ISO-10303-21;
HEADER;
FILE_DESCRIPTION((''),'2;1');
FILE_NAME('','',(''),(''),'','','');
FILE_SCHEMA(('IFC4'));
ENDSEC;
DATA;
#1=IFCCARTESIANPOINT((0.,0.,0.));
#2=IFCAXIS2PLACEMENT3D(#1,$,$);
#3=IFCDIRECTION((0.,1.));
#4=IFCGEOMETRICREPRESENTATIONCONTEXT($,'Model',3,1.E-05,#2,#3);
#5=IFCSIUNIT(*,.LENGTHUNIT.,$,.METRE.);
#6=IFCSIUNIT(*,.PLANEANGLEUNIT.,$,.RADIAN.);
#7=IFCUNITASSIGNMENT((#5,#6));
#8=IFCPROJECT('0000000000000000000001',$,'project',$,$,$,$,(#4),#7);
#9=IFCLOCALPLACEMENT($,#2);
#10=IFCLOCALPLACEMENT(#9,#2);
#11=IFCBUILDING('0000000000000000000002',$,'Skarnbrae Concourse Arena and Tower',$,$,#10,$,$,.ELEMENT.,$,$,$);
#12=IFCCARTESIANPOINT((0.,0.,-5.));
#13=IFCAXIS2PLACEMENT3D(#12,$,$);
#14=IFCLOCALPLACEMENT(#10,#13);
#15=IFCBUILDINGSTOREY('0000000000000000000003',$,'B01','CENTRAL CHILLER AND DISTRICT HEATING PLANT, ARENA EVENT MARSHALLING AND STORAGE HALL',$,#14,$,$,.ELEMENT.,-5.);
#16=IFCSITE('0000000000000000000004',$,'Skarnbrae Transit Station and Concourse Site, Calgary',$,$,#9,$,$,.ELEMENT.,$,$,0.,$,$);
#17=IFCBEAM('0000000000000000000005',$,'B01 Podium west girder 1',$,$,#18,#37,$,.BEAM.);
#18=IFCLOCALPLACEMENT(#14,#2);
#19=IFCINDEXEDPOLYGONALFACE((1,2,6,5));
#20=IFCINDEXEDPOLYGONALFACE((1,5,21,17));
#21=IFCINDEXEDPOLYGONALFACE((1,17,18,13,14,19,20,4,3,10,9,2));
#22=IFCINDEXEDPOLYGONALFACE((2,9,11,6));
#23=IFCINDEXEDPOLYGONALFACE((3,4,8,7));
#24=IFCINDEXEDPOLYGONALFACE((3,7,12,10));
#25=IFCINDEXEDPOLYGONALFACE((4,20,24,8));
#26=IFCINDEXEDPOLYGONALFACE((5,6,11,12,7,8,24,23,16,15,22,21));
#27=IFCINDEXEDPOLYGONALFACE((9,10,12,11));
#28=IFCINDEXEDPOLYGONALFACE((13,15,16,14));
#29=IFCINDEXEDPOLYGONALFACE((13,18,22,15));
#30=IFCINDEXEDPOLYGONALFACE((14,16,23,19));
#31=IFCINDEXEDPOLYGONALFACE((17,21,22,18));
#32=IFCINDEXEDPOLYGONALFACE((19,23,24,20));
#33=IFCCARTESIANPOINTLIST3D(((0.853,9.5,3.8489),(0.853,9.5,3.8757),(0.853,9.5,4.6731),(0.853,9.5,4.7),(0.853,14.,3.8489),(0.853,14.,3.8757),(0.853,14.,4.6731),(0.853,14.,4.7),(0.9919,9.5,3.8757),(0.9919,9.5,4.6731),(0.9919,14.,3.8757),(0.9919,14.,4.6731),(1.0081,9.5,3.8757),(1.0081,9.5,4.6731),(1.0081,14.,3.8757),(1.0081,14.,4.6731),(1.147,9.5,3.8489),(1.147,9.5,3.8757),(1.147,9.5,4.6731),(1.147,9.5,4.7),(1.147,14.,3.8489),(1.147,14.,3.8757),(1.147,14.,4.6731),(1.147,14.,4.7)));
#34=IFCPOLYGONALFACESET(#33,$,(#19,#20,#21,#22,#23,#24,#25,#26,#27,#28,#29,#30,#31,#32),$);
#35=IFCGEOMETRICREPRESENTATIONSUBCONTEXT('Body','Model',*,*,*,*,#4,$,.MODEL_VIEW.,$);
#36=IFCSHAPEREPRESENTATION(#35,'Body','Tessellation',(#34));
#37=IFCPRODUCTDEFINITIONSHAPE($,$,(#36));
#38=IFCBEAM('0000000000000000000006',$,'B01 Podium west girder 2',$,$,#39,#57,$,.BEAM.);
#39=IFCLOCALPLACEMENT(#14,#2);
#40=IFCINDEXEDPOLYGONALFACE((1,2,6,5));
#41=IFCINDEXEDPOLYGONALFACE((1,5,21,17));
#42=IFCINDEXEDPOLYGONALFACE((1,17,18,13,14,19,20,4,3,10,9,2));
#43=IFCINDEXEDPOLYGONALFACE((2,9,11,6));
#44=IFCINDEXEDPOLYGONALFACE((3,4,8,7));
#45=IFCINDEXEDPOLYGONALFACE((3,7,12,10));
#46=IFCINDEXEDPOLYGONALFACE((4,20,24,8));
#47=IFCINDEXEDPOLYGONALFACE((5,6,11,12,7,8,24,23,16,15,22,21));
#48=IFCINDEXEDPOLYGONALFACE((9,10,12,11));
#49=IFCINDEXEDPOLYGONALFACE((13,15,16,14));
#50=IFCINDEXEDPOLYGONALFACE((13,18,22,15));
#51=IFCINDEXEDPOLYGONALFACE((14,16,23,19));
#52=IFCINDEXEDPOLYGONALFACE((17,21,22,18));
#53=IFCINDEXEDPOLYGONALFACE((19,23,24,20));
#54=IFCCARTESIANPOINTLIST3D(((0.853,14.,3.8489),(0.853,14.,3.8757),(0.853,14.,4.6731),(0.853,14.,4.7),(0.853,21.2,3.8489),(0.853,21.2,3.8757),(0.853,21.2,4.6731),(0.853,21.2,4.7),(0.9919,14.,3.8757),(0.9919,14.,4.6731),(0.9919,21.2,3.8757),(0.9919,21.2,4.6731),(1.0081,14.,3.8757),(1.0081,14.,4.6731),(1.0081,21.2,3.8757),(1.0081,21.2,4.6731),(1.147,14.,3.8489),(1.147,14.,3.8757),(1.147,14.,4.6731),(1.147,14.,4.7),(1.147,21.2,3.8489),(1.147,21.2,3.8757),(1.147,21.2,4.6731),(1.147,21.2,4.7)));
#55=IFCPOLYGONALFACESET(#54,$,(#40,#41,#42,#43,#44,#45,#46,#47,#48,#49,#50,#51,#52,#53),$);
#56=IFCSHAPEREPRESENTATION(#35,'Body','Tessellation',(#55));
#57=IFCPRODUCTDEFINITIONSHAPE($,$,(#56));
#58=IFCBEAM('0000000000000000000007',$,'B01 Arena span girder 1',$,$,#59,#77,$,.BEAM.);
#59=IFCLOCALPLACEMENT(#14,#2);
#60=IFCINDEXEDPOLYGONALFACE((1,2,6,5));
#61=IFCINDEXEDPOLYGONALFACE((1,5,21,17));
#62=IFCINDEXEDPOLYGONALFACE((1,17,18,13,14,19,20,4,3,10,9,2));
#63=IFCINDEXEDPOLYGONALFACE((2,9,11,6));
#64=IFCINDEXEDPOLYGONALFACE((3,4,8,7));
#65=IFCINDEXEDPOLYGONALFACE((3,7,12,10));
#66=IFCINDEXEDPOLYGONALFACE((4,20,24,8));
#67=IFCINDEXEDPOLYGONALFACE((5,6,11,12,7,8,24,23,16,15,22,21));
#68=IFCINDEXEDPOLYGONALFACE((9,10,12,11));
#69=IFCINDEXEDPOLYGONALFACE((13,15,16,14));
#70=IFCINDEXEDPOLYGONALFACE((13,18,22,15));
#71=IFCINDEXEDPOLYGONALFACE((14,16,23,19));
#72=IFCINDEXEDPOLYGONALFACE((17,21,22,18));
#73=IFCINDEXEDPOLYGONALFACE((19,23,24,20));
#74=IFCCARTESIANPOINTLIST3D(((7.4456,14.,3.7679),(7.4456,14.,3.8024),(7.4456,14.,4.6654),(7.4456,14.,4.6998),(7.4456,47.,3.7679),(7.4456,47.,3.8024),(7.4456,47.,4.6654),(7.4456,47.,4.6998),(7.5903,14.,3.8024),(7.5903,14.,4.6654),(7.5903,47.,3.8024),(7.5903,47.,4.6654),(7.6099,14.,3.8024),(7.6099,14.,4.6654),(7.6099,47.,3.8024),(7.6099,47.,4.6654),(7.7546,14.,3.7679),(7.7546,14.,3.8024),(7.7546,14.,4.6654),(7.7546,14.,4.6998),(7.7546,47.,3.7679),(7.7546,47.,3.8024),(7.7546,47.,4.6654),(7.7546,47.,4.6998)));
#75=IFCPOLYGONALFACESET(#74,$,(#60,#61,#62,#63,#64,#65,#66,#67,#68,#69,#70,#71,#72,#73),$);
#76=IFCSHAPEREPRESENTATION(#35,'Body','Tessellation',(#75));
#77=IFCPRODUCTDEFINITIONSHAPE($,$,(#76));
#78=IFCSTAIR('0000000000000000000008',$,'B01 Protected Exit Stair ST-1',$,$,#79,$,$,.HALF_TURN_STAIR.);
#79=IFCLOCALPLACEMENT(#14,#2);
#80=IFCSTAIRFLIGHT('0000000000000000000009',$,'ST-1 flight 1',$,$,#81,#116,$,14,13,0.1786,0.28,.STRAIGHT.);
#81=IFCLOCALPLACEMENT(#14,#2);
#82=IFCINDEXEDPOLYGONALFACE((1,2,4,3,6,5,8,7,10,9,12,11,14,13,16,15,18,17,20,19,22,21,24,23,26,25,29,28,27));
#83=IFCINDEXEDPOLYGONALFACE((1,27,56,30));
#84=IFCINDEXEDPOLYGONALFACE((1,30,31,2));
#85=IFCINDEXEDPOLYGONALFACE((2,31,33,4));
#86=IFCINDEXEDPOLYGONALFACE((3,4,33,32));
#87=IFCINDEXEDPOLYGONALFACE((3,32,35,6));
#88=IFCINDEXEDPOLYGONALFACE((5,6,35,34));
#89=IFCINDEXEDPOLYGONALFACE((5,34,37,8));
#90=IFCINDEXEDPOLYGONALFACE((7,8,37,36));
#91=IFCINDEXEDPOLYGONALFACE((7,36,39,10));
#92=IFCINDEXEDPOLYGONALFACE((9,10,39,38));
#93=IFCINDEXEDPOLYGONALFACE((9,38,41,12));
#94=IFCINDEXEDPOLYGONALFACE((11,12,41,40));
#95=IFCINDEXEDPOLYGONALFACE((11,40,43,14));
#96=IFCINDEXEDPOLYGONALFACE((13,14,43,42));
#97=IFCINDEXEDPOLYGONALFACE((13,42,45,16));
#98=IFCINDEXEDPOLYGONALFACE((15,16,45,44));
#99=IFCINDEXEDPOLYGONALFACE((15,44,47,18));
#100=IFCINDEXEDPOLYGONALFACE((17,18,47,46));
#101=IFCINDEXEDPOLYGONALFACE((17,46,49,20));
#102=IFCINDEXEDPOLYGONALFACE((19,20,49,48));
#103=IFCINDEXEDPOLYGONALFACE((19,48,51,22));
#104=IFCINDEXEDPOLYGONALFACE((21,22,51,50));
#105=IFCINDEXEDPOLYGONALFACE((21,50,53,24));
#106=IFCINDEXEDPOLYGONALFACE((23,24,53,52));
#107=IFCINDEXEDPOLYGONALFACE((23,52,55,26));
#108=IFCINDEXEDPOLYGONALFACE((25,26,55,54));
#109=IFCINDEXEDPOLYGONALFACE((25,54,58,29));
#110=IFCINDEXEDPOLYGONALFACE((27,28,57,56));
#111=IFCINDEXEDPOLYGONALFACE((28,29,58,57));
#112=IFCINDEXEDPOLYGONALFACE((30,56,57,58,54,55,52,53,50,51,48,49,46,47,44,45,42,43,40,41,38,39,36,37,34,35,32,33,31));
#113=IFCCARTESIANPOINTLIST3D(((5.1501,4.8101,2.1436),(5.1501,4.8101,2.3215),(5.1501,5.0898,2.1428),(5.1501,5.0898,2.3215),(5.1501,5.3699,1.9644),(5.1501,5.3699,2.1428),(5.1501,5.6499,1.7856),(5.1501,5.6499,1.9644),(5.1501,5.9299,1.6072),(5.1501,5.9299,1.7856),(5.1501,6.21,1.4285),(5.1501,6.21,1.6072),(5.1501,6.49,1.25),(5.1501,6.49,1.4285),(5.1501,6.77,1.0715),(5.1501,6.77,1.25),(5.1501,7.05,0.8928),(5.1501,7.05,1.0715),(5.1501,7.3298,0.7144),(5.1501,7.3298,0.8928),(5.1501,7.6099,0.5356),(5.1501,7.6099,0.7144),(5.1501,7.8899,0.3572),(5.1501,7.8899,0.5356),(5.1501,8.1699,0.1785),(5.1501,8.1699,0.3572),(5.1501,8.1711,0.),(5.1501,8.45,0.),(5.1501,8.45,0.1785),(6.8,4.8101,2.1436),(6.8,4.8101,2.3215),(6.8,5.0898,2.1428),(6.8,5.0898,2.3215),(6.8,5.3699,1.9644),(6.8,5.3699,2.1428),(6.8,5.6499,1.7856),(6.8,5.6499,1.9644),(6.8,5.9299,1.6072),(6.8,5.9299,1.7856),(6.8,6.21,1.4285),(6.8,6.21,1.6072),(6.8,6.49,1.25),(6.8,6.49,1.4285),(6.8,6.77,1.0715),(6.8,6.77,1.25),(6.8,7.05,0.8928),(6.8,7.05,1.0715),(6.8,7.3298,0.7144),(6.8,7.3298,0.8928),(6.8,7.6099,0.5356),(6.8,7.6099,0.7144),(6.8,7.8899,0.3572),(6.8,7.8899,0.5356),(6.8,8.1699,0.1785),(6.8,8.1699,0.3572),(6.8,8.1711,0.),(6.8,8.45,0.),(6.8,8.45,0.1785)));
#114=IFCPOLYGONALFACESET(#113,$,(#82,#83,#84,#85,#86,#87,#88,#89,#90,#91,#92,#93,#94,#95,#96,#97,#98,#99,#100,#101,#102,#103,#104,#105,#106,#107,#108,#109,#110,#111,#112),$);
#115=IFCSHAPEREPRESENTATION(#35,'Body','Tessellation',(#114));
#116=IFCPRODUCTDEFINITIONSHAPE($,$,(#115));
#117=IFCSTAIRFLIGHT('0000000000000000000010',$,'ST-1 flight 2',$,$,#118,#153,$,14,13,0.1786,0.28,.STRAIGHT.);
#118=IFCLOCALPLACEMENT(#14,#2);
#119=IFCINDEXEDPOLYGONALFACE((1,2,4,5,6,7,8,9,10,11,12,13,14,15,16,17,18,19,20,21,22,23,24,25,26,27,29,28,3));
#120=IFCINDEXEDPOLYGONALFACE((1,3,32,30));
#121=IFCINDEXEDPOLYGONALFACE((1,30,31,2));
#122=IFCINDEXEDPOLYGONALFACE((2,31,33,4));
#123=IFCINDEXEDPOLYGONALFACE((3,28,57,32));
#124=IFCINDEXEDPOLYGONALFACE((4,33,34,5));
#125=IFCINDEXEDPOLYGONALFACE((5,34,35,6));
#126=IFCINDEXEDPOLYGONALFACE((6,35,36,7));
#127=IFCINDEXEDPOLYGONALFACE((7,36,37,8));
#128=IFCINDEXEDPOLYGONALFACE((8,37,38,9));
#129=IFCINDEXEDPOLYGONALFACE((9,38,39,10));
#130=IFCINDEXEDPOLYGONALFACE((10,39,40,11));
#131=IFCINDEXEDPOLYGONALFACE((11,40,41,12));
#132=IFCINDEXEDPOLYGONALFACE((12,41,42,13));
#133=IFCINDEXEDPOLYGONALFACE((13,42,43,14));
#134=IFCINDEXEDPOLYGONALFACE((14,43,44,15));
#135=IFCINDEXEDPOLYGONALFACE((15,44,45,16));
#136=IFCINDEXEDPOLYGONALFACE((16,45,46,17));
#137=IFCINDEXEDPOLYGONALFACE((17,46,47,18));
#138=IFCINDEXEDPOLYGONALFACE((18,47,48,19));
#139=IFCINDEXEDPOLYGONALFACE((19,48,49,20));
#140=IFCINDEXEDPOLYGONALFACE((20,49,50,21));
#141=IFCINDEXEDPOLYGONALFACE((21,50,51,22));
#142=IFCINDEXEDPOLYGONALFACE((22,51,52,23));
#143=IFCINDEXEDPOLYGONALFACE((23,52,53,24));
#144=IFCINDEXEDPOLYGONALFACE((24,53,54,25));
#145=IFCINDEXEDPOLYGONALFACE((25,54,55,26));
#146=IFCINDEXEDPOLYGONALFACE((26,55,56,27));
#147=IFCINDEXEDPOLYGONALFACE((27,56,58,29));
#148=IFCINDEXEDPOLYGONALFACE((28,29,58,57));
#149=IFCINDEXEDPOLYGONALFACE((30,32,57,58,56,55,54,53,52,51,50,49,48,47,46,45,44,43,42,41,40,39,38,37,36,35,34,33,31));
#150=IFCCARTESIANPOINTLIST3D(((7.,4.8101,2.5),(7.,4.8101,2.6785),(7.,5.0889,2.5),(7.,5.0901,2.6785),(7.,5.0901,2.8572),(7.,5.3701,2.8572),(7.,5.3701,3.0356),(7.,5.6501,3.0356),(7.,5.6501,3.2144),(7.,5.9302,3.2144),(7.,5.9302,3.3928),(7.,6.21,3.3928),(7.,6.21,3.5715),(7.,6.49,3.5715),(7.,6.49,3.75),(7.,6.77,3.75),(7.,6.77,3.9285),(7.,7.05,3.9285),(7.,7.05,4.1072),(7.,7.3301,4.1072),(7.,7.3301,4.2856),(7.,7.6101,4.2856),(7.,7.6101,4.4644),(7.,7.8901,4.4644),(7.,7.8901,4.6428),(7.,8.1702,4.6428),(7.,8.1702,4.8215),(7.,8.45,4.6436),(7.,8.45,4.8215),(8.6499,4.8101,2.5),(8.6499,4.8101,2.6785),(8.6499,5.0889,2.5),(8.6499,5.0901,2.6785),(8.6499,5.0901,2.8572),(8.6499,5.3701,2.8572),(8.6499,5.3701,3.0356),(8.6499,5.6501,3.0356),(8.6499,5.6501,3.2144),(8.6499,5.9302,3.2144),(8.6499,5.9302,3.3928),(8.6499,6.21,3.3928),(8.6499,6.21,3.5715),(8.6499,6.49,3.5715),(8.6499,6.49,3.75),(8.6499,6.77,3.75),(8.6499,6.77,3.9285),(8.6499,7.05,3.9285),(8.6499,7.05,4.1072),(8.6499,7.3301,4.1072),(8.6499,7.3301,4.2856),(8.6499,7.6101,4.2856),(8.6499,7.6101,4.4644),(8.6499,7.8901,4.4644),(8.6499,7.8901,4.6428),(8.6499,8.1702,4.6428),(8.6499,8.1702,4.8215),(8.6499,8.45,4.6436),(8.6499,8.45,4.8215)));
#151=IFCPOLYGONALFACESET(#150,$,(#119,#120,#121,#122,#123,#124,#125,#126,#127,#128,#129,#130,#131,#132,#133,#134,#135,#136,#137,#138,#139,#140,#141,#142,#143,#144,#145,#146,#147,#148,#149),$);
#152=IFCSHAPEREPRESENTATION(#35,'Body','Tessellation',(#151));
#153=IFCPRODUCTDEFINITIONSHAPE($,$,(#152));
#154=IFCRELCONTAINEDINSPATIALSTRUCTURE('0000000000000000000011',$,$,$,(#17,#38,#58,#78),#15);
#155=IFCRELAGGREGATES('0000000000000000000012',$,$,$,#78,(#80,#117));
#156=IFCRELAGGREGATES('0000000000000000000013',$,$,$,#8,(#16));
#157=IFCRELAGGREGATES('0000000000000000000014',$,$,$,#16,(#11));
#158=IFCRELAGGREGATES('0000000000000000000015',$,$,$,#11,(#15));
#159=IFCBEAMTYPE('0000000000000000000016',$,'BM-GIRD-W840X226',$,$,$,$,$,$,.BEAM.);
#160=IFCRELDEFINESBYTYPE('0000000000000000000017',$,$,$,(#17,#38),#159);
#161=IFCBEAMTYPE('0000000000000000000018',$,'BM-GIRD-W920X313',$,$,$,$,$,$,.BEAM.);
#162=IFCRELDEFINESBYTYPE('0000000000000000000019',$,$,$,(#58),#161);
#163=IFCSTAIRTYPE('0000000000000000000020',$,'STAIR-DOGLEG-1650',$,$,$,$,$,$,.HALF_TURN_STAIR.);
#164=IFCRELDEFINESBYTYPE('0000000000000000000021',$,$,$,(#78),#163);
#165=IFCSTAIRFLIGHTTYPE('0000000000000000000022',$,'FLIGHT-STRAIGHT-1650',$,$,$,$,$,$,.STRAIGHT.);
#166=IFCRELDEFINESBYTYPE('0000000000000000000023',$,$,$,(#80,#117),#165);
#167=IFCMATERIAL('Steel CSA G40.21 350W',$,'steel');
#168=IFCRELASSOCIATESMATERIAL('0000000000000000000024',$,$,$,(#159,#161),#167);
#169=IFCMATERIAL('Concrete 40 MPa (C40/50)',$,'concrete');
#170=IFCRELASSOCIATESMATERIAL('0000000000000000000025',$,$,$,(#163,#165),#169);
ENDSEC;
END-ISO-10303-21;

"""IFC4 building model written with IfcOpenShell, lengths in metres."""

from ifc_helpers import new_model, si_unit, direction, frame, origin, origin_2d, place, context, subcontext, project, spatial, polyline, i_section, outline, extrude, source, transform, mapped, material, material_profile, profile_set, type_object, element, aggregate, save


model = new_model("IFC4")

# Units and contexts
model_context = context("Model", 3, precision=1e-05, world=origin(), true_north=direction((0.0, 1.0)))
body_context = subcontext(model_context, "Body", "Model", "MODEL_VIEW")
ifc_project = project(units=[si_unit("LENGTHUNIT", "METRE"), si_unit("PLANEANGLEUNIT", "RADIAN")], contexts=[model_context])

# Site, building, storey
site_placement = place(None, origin())
site = spatial("IfcSite", under=ifc_project, at=site_placement, Name="Skarnbrae Transit Station and Concourse Site, Calgary", CompositionType="ELEMENT", RefElevation=0.0)
building_placement = place(site_placement, origin())
building = spatial("IfcBuilding", under=site, at=building_placement, Name="Skarnbrae Concourse Arena and Tower", CompositionType="ELEMENT")
storey_placement = place(building_placement, frame((0.0, 0.0, -5.0)))
storey = spatial("IfcBuildingStorey", under=building, at=storey_placement, Name="B01", Description="CENTRAL CHILLER AND DISTRICT HEATING PLANT, ARENA EVENT MARSHALLING AND STORAGE HALL", CompositionType="ELEMENT", Elevation=-5.0)

# Shared definitions
ifc_material_1 = material(Name="Steel CSA G40.21 350W", Category="steel")

# Beams
ifc_material_profile_1 = material_profile(ifc_material_1, i_section(OverallWidth=0.2939, OverallDepth=0.8511, WebThickness=0.0161, FlangeThickness=0.0269, at=origin_2d()), Name="W840X226")
ifc_profile_set_1 = profile_set([ifc_material_profile_1], Name="Steel CSA G40.21 350W")
beam_type_1 = type_object("IfcBeamType", Name="BM-GIRD-W840X226", PredefinedType="BEAM", material=ifc_profile_set_1)
shared_shape_1 = source(origin(), body_context, "Body", "SweptSolid", [
    extrude(i_section(OverallWidth=0.2939, OverallDepth=0.8511, WebThickness=0.0161, FlangeThickness=0.0269, at=origin_2d()), origin(), (0.0, 0.0, 1.0), 4.5),
])
beam_1_placement = place(storey_placement, frame((1.0, 9.5, 4.2744), z_axis=(0.0, 1.0, 0.0), x_axis=(-1.0, 0.0, 0.0)))
element("IfcBeam", 1, at=beam_1_placement, inside=storey, type_object=beam_type_1, Name="B01 Podium west girder 1", PredefinedType="BEAM", context=body_context, shape_type="MappedRepresentation", body=[
    mapped(shared_shape_1, transform((0.0, 0.0, 0.0))),
])
shared_shape_2 = source(origin(), body_context, "Body", "SweptSolid", [
    extrude(i_section(OverallWidth=0.2939, OverallDepth=0.8511, WebThickness=0.0161, FlangeThickness=0.0269, at=origin_2d()), origin(), (0.0, 0.0, 1.0), 7.2),
])
beam_2_placement = place(storey_placement, frame((1.0, 14.0, 4.2744), z_axis=(0.0, 1.0, 0.0), x_axis=(-1.0, 0.0, 0.0)))
element("IfcBeam", 2, at=beam_2_placement, inside=storey, type_object=beam_type_1, Name="B01 Podium west girder 2", PredefinedType="BEAM", context=body_context, shape_type="MappedRepresentation", body=[
    mapped(shared_shape_2, transform((0.0, 0.0, 0.0))),
])
ifc_material_profile_2 = material_profile(ifc_material_1, i_section(OverallWidth=0.3091, OverallDepth=0.9319, WebThickness=0.0195, FlangeThickness=0.0344, at=origin_2d()), Name="W920X313")
ifc_profile_set_2 = profile_set([ifc_material_profile_2], Name="Steel CSA G40.21 350W")
beam_type_2 = type_object("IfcBeamType", Name="BM-GIRD-W920X313", PredefinedType="BEAM", material=ifc_profile_set_2)
shared_shape_3 = source(origin(), body_context, "Body", "SweptSolid", [
    extrude(i_section(OverallWidth=0.3091, OverallDepth=0.9319, WebThickness=0.0195, FlangeThickness=0.0344, at=origin_2d()), origin(), (0.0, 0.0, 1.0), 33.0),
])
beam_3_placement = place(storey_placement, frame((7.6001, 14.0, 4.2339), z_axis=(0.0, 1.0, 0.0), x_axis=(-1.0, 0.0, 0.0)))
element("IfcBeam", 3, at=beam_3_placement, inside=storey, type_object=beam_type_2, Name="B01 Arena span girder 1", PredefinedType="BEAM", context=body_context, shape_type="MappedRepresentation", body=[
    mapped(shared_shape_3, transform((0.0, 0.0, 0.0))),
])

# Stair, stair flights
ifc_material_2 = material(Name="Concrete 40 MPa (C40/50)", Category="concrete")
stair_type = type_object("IfcStairType", Name="STAIR-DOGLEG-1650", PredefinedType="HALF_TURN_STAIR", material=ifc_material_2)
stair_placement = place(storey_placement, origin())
stair = element("IfcStair", 4, at=stair_placement, inside=storey, type_object=stair_type, Name="B01 Protected Exit Stair ST-1", PredefinedType="HALF_TURN_STAIR")
stair_flight_type = type_object("IfcStairFlightType", Name="FLIGHT-STRAIGHT-1650", PredefinedType="STRAIGHT", material=ifc_material_2)
shared_shape_4 = source(origin(), body_context, "Body", "SweptSolid", [
    extrude(outline(polyline([(0.0, 0.0), (0.0, 0.1785), (0.28, 0.1785), (0.28, 0.3572), (0.5601, 0.3572), (0.5601, 0.5356), (0.8401, 0.5356), (0.8401, 0.7144), (1.1201, 0.7144), (1.1201, 0.8928), (1.3999, 0.8928), (1.3999, 1.0715), (1.6799, 1.0715), (1.6799, 1.25), (1.96, 1.25), (1.96, 1.4285), (2.24, 1.4285), (2.24, 1.6072), (2.52, 1.6072), (2.52, 1.7856), (2.8, 1.7856), (2.8, 1.9644), (3.0801, 1.9644), (3.0801, 2.1428), (3.3601, 2.1428), (3.3601, 2.3215), (3.6399, 2.3215), (3.6399, 2.5), (3.6399, 2.1436), (0.2788, 0.0), (0.0, 0.0)])), frame((0.0, 0.825, 0.0), z_axis=(0.0, -1.0, 0.0), x_axis=(1.0, 0.0, 0.0)), (0.0, 0.0, 1.0), 1.6499),
])
stair_flight_1_placement = place(storey_placement, frame((5.9751, 8.45, 0.0), z_axis=(0.0, 0.0, 1.0), x_axis=(0.0, -1.0, 0.0)))
stair_flight_1 = element("IfcStairFlight", 5, at=stair_flight_1_placement, type_object=stair_flight_type, Name="ST-1 flight 1", NumberOfRisers=14, NumberOfTreads=13, PredefinedType="STRAIGHT", RiserHeight=0.1786, TreadLength=0.28, context=body_context, shape_type="MappedRepresentation", body=[
    mapped(shared_shape_4, transform((0.0, 0.0, 0.0))),
])
stair_flight_2_placement = place(storey_placement, frame((7.825, 4.8101, 2.5), z_axis=(0.0, 0.0, 1.0), x_axis=(0.0, 1.0, 0.0)))
stair_flight_2 = element("IfcStairFlight", 6, at=stair_flight_2_placement, type_object=stair_flight_type, Name="ST-1 flight 2", NumberOfRisers=14, NumberOfTreads=13, PredefinedType="STRAIGHT", RiserHeight=0.1786, TreadLength=0.28, context=body_context, shape_type="MappedRepresentation", body=[
    mapped(shared_shape_4, transform((0.0, 0.0, 0.0))),
])
aggregate(stair, [stair_flight_1, stair_flight_2])

save(model, "model.ifc")
